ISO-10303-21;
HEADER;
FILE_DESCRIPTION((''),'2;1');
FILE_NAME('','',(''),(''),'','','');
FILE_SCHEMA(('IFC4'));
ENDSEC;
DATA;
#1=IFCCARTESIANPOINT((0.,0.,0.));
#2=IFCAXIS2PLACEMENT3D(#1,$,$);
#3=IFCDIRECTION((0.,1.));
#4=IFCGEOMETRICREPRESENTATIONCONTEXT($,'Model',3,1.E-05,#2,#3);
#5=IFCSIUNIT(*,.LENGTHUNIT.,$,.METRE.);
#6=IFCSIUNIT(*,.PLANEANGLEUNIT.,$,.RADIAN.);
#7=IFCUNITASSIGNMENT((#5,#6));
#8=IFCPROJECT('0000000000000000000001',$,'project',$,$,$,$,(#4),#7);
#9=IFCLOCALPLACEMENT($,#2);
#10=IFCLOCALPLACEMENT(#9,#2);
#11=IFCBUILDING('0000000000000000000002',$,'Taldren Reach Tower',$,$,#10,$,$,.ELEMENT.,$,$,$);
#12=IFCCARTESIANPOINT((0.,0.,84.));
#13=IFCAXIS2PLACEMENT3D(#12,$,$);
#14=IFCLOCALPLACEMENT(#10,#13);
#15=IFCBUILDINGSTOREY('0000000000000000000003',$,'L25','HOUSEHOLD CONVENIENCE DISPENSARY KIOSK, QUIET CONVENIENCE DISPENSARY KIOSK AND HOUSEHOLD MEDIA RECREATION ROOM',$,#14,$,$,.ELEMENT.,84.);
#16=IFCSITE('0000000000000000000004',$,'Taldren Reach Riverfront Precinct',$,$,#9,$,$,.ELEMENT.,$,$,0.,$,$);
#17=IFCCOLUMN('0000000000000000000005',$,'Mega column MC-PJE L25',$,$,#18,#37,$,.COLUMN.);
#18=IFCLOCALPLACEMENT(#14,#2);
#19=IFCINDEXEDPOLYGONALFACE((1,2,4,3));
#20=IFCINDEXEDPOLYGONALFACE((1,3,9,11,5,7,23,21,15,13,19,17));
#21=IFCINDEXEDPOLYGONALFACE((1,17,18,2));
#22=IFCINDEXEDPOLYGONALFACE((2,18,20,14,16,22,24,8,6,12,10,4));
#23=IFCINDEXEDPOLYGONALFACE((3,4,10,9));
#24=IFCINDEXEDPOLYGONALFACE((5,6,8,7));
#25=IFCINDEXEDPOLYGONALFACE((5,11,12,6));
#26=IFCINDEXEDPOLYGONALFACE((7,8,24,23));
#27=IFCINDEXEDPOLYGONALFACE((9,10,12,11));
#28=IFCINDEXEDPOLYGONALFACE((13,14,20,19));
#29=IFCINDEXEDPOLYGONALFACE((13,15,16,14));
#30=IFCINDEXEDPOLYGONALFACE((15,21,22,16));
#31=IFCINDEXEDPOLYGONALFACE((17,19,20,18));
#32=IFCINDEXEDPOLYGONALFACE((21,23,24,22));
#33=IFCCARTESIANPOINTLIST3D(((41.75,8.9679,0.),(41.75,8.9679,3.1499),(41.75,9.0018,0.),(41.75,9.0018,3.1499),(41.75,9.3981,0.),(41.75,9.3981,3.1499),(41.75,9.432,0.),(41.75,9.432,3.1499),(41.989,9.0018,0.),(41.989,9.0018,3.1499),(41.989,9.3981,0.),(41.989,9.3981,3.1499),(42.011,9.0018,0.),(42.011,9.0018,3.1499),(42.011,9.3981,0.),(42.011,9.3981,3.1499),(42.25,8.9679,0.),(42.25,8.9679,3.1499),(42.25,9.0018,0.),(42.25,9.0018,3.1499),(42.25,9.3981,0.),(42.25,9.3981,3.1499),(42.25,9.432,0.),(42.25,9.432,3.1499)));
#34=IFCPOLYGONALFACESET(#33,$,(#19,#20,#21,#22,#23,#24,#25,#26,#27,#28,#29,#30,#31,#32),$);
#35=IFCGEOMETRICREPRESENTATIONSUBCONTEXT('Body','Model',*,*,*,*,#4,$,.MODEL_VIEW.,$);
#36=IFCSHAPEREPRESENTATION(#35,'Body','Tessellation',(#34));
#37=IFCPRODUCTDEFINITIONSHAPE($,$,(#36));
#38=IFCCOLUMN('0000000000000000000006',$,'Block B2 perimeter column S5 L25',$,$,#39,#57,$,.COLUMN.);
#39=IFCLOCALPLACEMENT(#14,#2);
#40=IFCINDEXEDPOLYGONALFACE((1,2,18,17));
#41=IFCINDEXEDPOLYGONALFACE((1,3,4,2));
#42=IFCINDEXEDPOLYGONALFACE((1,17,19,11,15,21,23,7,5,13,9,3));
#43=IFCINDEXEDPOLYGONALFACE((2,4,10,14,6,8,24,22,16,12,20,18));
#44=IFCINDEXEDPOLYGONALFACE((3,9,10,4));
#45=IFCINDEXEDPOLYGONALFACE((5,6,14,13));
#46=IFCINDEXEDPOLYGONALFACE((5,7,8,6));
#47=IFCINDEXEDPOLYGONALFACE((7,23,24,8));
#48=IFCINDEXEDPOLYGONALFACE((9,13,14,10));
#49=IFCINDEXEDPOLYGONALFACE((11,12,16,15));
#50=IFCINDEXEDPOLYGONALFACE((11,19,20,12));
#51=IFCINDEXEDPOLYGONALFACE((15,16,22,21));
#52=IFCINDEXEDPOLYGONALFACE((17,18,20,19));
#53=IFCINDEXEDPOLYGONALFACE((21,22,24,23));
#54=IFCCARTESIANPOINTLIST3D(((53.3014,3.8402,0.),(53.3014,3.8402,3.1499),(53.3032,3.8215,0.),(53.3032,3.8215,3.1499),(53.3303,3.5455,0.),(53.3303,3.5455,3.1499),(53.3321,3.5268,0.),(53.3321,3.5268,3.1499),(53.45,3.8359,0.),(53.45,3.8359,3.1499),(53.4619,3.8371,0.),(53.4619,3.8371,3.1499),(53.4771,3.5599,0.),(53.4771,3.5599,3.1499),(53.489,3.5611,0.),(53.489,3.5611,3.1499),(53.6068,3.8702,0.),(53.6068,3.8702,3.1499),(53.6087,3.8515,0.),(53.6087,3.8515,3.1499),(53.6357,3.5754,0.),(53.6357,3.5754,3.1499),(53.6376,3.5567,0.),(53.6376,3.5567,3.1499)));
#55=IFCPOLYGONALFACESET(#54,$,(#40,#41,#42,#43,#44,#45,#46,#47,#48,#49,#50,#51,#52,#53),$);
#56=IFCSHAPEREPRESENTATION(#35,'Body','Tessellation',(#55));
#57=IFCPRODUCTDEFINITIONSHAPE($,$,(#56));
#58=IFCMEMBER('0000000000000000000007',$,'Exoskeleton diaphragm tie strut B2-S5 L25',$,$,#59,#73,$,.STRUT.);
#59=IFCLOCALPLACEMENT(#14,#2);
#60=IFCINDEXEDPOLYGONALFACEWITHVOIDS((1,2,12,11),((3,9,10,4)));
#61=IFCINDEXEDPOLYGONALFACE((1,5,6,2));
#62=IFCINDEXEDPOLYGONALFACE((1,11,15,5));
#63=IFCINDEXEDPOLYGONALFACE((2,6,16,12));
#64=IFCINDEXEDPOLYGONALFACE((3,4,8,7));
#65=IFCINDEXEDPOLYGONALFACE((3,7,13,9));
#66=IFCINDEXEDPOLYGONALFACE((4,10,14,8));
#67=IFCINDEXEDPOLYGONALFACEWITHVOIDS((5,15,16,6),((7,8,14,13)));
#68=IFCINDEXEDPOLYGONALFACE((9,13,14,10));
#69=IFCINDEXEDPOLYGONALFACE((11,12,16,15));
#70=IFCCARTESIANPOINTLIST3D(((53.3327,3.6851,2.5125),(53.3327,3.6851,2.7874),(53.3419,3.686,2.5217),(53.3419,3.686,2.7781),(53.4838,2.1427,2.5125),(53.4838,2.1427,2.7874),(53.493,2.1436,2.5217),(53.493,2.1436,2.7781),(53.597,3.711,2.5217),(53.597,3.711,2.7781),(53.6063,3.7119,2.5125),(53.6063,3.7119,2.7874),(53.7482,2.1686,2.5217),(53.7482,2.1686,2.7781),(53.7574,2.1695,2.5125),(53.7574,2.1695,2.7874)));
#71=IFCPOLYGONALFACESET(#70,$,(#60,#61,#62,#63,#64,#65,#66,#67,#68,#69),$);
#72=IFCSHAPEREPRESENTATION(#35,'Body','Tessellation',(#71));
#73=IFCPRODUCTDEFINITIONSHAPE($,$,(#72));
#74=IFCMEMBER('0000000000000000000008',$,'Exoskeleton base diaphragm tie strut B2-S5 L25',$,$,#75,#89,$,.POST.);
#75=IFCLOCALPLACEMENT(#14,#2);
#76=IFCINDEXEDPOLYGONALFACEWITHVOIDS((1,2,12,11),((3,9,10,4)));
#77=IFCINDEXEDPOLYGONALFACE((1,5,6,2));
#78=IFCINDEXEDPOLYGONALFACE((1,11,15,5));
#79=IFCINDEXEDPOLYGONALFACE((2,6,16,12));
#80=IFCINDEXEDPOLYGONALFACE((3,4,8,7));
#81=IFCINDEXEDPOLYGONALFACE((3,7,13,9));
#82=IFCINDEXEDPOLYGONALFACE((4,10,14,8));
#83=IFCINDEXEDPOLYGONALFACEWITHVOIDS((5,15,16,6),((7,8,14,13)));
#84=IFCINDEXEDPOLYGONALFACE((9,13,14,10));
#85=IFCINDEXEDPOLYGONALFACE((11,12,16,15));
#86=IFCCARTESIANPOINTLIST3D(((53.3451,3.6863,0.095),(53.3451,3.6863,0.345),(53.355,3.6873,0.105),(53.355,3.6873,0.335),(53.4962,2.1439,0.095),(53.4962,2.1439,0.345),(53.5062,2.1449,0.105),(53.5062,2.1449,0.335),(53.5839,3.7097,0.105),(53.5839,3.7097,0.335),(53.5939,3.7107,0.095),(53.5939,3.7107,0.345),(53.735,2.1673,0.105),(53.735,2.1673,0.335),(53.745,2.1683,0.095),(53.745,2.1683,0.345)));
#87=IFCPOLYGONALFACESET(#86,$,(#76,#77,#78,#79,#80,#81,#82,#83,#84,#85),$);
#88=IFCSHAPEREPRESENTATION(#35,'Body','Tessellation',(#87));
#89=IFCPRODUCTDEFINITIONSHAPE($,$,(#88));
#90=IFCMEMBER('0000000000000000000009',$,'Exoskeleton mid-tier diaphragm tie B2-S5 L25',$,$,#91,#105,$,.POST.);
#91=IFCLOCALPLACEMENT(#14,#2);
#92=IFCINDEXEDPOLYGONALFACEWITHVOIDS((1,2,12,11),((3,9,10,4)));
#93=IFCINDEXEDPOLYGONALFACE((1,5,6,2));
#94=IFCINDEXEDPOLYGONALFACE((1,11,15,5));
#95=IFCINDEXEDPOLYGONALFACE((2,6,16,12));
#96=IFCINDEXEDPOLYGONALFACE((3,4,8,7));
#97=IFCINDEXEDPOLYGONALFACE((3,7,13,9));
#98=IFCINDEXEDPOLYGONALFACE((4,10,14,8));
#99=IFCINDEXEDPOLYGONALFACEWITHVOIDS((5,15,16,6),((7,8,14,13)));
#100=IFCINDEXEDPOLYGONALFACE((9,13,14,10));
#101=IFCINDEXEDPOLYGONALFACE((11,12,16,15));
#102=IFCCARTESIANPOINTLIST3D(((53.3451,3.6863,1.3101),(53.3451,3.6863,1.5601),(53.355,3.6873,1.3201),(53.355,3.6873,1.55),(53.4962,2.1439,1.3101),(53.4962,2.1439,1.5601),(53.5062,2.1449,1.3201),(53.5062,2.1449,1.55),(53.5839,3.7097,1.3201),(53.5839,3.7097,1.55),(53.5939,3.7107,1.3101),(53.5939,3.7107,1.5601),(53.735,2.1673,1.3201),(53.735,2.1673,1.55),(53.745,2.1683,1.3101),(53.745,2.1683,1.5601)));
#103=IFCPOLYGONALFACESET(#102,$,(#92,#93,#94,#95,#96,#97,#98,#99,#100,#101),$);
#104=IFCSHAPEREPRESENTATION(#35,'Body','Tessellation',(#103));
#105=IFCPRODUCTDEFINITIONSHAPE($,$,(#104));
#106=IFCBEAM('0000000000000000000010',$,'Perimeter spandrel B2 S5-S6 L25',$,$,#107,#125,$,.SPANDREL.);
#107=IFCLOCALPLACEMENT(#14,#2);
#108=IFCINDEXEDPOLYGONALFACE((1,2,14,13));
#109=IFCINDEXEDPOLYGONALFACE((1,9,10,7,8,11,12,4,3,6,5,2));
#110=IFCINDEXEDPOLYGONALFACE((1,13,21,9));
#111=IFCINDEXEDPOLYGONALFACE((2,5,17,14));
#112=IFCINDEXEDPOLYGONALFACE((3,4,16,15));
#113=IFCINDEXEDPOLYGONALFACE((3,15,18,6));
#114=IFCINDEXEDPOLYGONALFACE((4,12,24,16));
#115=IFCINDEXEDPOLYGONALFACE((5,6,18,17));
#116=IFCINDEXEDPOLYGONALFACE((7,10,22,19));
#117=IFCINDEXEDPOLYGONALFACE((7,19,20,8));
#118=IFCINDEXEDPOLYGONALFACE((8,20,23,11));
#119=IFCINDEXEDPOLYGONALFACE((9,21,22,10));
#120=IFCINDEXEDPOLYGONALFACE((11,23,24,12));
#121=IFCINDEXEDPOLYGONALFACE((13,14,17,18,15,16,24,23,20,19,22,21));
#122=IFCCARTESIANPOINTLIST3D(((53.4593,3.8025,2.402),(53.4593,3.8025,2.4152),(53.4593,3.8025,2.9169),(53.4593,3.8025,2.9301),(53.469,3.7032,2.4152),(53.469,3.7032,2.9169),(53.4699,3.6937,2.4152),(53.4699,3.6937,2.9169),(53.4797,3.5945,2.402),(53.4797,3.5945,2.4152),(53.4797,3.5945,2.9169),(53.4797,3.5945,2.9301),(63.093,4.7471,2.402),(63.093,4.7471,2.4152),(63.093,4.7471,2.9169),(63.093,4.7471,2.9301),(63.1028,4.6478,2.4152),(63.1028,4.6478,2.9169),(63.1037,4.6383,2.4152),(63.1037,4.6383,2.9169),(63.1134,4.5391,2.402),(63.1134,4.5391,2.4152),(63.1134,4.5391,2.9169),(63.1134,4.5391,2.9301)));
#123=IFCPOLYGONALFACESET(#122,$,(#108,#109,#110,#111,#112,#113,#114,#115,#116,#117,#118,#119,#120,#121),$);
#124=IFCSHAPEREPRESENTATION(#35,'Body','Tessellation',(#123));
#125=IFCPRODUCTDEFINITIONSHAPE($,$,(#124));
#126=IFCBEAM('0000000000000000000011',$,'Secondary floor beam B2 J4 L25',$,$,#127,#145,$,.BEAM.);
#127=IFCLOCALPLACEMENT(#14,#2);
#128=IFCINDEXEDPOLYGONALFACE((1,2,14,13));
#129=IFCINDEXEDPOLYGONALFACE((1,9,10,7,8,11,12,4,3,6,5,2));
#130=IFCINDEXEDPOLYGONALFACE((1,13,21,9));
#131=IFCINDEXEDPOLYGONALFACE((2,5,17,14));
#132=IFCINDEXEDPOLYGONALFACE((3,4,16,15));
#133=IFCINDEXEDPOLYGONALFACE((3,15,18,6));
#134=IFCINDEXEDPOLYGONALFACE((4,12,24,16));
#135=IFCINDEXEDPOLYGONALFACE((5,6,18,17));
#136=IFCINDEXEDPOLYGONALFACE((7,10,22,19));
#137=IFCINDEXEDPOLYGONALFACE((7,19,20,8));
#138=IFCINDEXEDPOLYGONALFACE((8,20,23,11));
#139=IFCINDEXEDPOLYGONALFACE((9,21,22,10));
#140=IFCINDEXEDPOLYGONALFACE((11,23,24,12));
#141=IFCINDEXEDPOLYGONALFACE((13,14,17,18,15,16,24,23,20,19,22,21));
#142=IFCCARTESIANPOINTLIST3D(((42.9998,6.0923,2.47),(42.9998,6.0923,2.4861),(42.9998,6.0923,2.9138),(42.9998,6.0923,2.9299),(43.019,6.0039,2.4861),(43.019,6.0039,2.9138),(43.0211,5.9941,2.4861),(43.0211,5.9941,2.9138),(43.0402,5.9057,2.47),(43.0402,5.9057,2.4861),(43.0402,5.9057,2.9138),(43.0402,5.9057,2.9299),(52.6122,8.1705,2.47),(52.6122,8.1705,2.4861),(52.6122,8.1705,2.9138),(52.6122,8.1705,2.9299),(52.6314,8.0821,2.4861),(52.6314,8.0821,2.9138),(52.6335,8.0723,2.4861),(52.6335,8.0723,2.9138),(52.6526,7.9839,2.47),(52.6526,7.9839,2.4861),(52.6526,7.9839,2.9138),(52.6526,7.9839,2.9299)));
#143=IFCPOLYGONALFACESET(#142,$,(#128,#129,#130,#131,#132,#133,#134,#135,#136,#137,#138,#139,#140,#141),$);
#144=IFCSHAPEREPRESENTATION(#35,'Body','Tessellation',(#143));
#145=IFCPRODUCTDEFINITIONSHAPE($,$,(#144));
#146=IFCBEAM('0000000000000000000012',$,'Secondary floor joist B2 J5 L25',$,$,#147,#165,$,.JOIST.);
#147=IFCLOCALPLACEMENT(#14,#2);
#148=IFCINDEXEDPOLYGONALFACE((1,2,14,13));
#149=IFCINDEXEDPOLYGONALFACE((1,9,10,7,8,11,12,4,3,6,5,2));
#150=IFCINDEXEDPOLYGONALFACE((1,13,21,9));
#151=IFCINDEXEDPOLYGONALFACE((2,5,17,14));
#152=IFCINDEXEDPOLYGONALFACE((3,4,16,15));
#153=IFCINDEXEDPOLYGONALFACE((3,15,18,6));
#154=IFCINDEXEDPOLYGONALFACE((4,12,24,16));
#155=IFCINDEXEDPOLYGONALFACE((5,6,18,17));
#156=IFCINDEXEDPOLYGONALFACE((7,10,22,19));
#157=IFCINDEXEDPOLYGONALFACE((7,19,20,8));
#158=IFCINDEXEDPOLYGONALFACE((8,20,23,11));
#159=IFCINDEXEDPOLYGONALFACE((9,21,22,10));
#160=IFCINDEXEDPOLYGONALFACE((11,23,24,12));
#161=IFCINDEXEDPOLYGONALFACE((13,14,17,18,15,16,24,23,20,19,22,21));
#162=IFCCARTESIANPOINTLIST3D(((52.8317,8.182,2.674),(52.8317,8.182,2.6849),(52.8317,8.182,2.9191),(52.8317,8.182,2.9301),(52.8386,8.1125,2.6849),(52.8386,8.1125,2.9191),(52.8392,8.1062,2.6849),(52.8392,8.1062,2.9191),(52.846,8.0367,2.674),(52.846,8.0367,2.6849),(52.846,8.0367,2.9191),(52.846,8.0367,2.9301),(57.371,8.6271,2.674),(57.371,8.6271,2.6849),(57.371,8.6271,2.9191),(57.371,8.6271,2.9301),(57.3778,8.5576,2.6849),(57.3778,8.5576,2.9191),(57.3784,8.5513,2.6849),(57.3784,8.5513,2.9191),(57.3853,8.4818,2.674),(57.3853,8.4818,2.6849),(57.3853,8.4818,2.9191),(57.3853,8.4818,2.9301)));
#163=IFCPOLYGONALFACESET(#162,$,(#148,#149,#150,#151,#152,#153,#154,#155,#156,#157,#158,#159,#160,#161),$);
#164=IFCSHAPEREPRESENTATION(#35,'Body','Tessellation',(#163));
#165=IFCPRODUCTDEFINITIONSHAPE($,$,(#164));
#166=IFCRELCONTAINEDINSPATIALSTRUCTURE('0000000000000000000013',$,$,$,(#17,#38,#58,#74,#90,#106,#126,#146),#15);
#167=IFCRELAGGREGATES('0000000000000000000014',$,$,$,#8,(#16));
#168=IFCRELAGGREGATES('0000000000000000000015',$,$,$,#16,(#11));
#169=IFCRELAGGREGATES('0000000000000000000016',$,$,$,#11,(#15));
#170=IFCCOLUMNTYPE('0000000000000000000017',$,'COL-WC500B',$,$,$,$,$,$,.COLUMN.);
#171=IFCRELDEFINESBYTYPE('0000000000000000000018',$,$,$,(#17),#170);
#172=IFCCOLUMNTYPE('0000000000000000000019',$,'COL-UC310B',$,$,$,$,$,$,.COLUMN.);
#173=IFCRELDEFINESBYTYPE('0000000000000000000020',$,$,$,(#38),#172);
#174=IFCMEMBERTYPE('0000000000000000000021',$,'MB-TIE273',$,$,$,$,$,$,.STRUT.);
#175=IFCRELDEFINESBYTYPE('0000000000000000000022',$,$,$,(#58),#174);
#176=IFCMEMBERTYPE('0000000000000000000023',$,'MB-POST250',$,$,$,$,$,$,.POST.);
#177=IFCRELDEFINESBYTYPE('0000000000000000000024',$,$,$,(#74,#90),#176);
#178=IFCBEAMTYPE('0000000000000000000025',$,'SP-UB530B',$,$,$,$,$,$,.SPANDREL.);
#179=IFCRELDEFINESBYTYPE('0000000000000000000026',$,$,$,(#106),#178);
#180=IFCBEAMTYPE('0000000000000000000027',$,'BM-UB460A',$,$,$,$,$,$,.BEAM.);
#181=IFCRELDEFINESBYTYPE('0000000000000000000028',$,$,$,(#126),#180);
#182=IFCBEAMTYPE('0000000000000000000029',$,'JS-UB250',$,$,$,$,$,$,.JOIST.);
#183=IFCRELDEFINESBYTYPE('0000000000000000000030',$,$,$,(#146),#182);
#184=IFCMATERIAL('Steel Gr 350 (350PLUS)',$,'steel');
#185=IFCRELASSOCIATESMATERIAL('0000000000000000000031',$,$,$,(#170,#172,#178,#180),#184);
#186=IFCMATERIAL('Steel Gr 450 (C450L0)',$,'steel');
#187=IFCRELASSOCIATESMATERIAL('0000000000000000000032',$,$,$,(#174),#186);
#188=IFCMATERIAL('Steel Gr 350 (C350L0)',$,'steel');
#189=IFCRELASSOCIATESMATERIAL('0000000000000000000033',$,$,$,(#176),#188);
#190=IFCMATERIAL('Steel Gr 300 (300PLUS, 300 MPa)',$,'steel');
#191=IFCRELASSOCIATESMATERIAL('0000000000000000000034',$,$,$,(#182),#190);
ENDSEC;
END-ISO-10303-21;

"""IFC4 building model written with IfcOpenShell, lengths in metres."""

from ifc_helpers import new_model, si_unit, direction, frame, origin, origin_2d, place, context, subcontext, project, spatial, hollow_rectangle, i_section, extrude, source, transform, mapped, material, material_profile, profile_set, type_object, element, save


model = new_model("IFC4")

# Units and contexts
model_context = context("Model", 3, precision=1e-05, world=origin(), true_north=direction((0.0, 1.0)))
body_context = subcontext(model_context, "Body", "Model", "MODEL_VIEW")
ifc_project = project(units=[si_unit("LENGTHUNIT", "METRE"), si_unit("PLANEANGLEUNIT", "RADIAN")], contexts=[model_context])

# Site, building, storey
site_placement = place(None, origin())
site = spatial("IfcSite", under=ifc_project, at=site_placement, Name="Taldren Reach Riverfront Precinct", CompositionType="ELEMENT", RefElevation=0.0)
building_placement = place(site_placement, origin())
building = spatial("IfcBuilding", under=site, at=building_placement, Name="Taldren Reach Tower", CompositionType="ELEMENT")
storey_placement = place(building_placement, frame((0.0, 0.0, 84.0)))
storey = spatial("IfcBuildingStorey", under=building, at=storey_placement, Name="L25", Description="HOUSEHOLD CONVENIENCE DISPENSARY KIOSK, QUIET CONVENIENCE DISPENSARY KIOSK AND HOUSEHOLD MEDIA RECREATION ROOM", CompositionType="ELEMENT", Elevation=84.0)

# Columns
ifc_material_1 = material(Name="Steel Gr 350 (350PLUS)", Category="steel")
ifc_material_profile_1 = material_profile(ifc_material_1, i_section(OverallWidth=0.5, OverallDepth=0.4641, WebThickness=0.022, FlangeThickness=0.0339, at=origin_2d()), Name="500WC340")
ifc_profile_set_1 = profile_set([ifc_material_profile_1], Name="Steel Gr 350 (350PLUS)")
column_type_1 = type_object("IfcColumnType", Name="COL-WC500B", PredefinedType="COLUMN", material=ifc_profile_set_1)
shared_shape_1 = source(origin(), body_context, "Body", "SweptSolid", [
    extrude(i_section(OverallWidth=0.5, OverallDepth=0.4641, WebThickness=0.022, FlangeThickness=0.0339, at=origin_2d()), origin(), (0.0, 0.0, 1.0), 3.1499),
])
column_1_placement = place(storey_placement, frame((42.0, 9.2, 0.0), z_axis=(0.0, 0.0, 1.0), x_axis=(1.0, 0.0, 0.0)))
element("IfcColumn", 1, at=column_1_placement, inside=storey, type_object=column_type_1, Name="Mega column MC-PJE L25", PredefinedType="COLUMN", context=body_context, shape_type="MappedRepresentation", body=[
    mapped(shared_shape_1, transform((0.0, 0.0, 0.0), scale=1.0)),
])
ifc_material_profile_2 = material_profile(ifc_material_1, i_section(OverallWidth=0.3069, OverallDepth=0.3149, WebThickness=0.012, FlangeThickness=0.0188, at=origin_2d()), Name="310UC118")
ifc_profile_set_2 = profile_set([ifc_material_profile_2], Name="Steel Gr 350 (350PLUS)")
column_type_2 = type_object("IfcColumnType", Name="COL-UC310B", PredefinedType="COLUMN", material=ifc_profile_set_2)
shared_shape_2 = source(origin(), body_context, "Body", "SweptSolid", [
    extrude(i_section(OverallWidth=0.3069, OverallDepth=0.3149, WebThickness=0.012, FlangeThickness=0.0188, at=origin_2d()), origin(), (0.0, 0.0, 1.0), 3.1499),
])
column_2_placement = place(storey_placement, frame((53.4695, 3.6985, 0.0), z_axis=(0.0, 0.0, 1.0), x_axis=(0.995227, 0.097583, 0.0)))
element("IfcColumn", 2, at=column_2_placement, inside=storey, type_object=column_type_2, Name="Block B2 perimeter column S5 L25", PredefinedType="COLUMN", context=body_context, shape_type="MappedRepresentation", body=[
    mapped(shared_shape_2, transform((0.0, 0.0, 0.0), scale=1.0)),
])

# Members
ifc_material_2 = material(Name="Steel Gr 450 (C450L0)", Category="steel")
ifc_material_profile_3 = material_profile(ifc_material_2, hollow_rectangle(XDim=0.2749, YDim=0.2749, WallThickness=0.0093, at=origin_2d()), Name="275x275x9.3SHS")
ifc_profile_set_3 = profile_set([ifc_material_profile_3], Name="Steel Gr 450 (C450L0)")
member_type_1 = type_object("IfcMemberType", Name="MB-TIE273", PredefinedType="STRUT", material=ifc_profile_set_3)
shared_shape_3 = source(origin(), body_context, "Body", "SweptSolid", [
    extrude(hollow_rectangle(XDim=0.2749, YDim=0.2749, WallThickness=0.0093, at=origin_2d()), origin(), (0.0, 0.0, 1.0), 1.5498),
])
member_1_placement = place(storey_placement, frame((53.4695, 3.6985, 2.6499), z_axis=(0.097507, -0.995235, 0.0), x_axis=(0.995235, 0.097507, 0.0)))
element("IfcMember", 3, at=member_1_placement, inside=storey, type_object=member_type_1, Name="Exoskeleton diaphragm tie strut B2-S5 L25", PredefinedType="STRUT", context=body_context, shape_type="MappedRepresentation", body=[
    mapped(shared_shape_3, transform((0.0, 0.0, 0.0), scale=1.0)),
])
ifc_material_3 = material(Name="Steel Gr 350 (C350L0)", Category="steel")
ifc_material_profile_4 = material_profile(ifc_material_3, hollow_rectangle(XDim=0.25, YDim=0.25, WallThickness=0.01, at=origin_2d()), Name="250x250x10.0SHS")
ifc_profile_set_4 = profile_set([ifc_material_profile_4], Name="Steel Gr 350 (C350L0)")
member_type_2 = type_object("IfcMemberType", Name="MB-POST250", PredefinedType="POST", material=ifc_profile_set_4)
shared_shape_4 = source(origin(), body_context, "Body", "SweptSolid", [
    extrude(hollow_rectangle(XDim=0.25, YDim=0.25, WallThickness=0.01, at=origin_2d()), origin(), (0.0, 0.0, 1.0), 1.5498),
])
for number, where, z_axis, x_axis, name in (
    (4, (53.4695, 3.6985, 0.22), (0.097507, -0.995235, 0.0), (0.995235, 0.097507, 0.0), "Exoskeleton base diaphragm tie strut B2-S5 L25"),
    (5, (53.4695, 3.6985, 1.4351), (0.097507, -0.995235, 0.0), (0.995235, 0.097507, 0.0), "Exoskeleton mid-tier diaphragm tie B2-S5 L25"),
):
    element("IfcMember", number, at=place(storey_placement, frame(where, z_axis=z_axis, x_axis=x_axis)), inside=storey, type_object=member_type_2, Name=name, PredefinedType="POST", context=body_context, shape_type="MappedRepresentation", body=[
        mapped(shared_shape_4, transform((0.0, 0.0, 0.0), scale=1.0)),
    ])

# Beams
ifc_material_profile_5 = material_profile(ifc_material_1, i_section(OverallWidth=0.209, OverallDepth=0.5281, WebThickness=0.0095, FlangeThickness=0.0132, at=origin_2d()), Name="530UB82.0")
ifc_profile_set_5 = profile_set([ifc_material_profile_5], Name="Steel Gr 350 (350PLUS)")
beam_type_1 = type_object("IfcBeamType", Name="SP-UB530B", PredefinedType="SPANDREL", material=ifc_profile_set_5)
shared_shape_5 = source(origin(), body_context, "Body", "SweptSolid", [
    extrude(i_section(OverallWidth=0.209, OverallDepth=0.5281, WebThickness=0.0095, FlangeThickness=0.0132, at=origin_2d()), origin(), (0.0, 0.0, 1.0), 9.6799),
])
beam_1_placement = place(storey_placement, frame((53.4695, 3.6985, 2.666), z_axis=(0.995228, 0.097581, 0.0), x_axis=(-0.097581, 0.995228, 0.0)))
element("IfcBeam", 6, at=beam_1_placement, inside=storey, type_object=beam_type_1, Name="Perimeter spandrel B2 S5-S6 L25", PredefinedType="SPANDREL", context=body_context, shape_type="MappedRepresentation", body=[
    mapped(shared_shape_5, transform((0.0, 0.0, 0.0), scale=1.0)),
])
ifc_material_profile_6 = material_profile(ifc_material_1, i_section(OverallWidth=0.1909, OverallDepth=0.46, WebThickness=0.01, FlangeThickness=0.0161, at=origin_2d()), Name="460UB82.1")
ifc_profile_set_6 = profile_set([ifc_material_profile_6], Name="Steel Gr 350 (350PLUS)")
beam_type_2 = type_object("IfcBeamType", Name="BM-UB460A", PredefinedType="BEAM", material=ifc_profile_set_6)
shared_shape_6 = source(origin(), body_context, "Body", "SweptSolid", [
    extrude(i_section(OverallWidth=0.1909, OverallDepth=0.46, WebThickness=0.01, FlangeThickness=0.0161, at=origin_2d()), origin(), (0.0, 0.0, 1.0), 9.8345),
])
beam_2_placement = place(storey_placement, frame((43.02, 5.999, 2.7), z_axis=(0.977419, 0.211312, 0.0), x_axis=(-0.211312, 0.977419, 0.0)))
element("IfcBeam", 7, at=beam_2_placement, inside=storey, type_object=beam_type_2, Name="Secondary floor beam B2 J4 L25", PredefinedType="BEAM", context=body_context, shape_type="MappedRepresentation", body=[
    mapped(shared_shape_6, transform((0.0, 0.0, 0.0), scale=1.0)),
])
ifc_material_4 = material(Name="Steel Gr 300 (300PLUS, 300 MPa)", Category="steel")
ifc_material_profile_7 = material_profile(ifc_material_4, i_section(OverallWidth=0.146, OverallDepth=0.2561, WebThickness=0.0063, FlangeThickness=0.011, at=origin_2d()), Name="250UB37.3")
ifc_profile_set_7 = profile_set([ifc_material_profile_7], Name="Steel Gr 300 (300PLUS, 300 MPa)")
beam_type_3 = type_object("IfcBeamType", Name="JS-UB250", PredefinedType="JOIST", material=ifc_profile_set_7)
shared_shape_7 = source(origin(), body_context, "Body", "SweptSolid", [
    extrude(i_section(OverallWidth=0.146, OverallDepth=0.2561, WebThickness=0.0063, FlangeThickness=0.011, at=origin_2d()), origin(), (0.0, 0.0, 1.0), 4.561),
])
beam_3_placement = place(storey_placement, frame((52.8389, 8.1094, 2.802), z_axis=(0.995228, 0.09758, 0.0), x_axis=(-0.09758, 0.995228, 0.0)))
element("IfcBeam", 8, at=beam_3_placement, inside=storey, type_object=beam_type_3, Name="Secondary floor joist B2 J5 L25", PredefinedType="JOIST", context=body_context, shape_type="MappedRepresentation", body=[
    mapped(shared_shape_7, transform((0.0, 0.0, 0.0), scale=1.0)),
])

save(model, "model.ifc")
